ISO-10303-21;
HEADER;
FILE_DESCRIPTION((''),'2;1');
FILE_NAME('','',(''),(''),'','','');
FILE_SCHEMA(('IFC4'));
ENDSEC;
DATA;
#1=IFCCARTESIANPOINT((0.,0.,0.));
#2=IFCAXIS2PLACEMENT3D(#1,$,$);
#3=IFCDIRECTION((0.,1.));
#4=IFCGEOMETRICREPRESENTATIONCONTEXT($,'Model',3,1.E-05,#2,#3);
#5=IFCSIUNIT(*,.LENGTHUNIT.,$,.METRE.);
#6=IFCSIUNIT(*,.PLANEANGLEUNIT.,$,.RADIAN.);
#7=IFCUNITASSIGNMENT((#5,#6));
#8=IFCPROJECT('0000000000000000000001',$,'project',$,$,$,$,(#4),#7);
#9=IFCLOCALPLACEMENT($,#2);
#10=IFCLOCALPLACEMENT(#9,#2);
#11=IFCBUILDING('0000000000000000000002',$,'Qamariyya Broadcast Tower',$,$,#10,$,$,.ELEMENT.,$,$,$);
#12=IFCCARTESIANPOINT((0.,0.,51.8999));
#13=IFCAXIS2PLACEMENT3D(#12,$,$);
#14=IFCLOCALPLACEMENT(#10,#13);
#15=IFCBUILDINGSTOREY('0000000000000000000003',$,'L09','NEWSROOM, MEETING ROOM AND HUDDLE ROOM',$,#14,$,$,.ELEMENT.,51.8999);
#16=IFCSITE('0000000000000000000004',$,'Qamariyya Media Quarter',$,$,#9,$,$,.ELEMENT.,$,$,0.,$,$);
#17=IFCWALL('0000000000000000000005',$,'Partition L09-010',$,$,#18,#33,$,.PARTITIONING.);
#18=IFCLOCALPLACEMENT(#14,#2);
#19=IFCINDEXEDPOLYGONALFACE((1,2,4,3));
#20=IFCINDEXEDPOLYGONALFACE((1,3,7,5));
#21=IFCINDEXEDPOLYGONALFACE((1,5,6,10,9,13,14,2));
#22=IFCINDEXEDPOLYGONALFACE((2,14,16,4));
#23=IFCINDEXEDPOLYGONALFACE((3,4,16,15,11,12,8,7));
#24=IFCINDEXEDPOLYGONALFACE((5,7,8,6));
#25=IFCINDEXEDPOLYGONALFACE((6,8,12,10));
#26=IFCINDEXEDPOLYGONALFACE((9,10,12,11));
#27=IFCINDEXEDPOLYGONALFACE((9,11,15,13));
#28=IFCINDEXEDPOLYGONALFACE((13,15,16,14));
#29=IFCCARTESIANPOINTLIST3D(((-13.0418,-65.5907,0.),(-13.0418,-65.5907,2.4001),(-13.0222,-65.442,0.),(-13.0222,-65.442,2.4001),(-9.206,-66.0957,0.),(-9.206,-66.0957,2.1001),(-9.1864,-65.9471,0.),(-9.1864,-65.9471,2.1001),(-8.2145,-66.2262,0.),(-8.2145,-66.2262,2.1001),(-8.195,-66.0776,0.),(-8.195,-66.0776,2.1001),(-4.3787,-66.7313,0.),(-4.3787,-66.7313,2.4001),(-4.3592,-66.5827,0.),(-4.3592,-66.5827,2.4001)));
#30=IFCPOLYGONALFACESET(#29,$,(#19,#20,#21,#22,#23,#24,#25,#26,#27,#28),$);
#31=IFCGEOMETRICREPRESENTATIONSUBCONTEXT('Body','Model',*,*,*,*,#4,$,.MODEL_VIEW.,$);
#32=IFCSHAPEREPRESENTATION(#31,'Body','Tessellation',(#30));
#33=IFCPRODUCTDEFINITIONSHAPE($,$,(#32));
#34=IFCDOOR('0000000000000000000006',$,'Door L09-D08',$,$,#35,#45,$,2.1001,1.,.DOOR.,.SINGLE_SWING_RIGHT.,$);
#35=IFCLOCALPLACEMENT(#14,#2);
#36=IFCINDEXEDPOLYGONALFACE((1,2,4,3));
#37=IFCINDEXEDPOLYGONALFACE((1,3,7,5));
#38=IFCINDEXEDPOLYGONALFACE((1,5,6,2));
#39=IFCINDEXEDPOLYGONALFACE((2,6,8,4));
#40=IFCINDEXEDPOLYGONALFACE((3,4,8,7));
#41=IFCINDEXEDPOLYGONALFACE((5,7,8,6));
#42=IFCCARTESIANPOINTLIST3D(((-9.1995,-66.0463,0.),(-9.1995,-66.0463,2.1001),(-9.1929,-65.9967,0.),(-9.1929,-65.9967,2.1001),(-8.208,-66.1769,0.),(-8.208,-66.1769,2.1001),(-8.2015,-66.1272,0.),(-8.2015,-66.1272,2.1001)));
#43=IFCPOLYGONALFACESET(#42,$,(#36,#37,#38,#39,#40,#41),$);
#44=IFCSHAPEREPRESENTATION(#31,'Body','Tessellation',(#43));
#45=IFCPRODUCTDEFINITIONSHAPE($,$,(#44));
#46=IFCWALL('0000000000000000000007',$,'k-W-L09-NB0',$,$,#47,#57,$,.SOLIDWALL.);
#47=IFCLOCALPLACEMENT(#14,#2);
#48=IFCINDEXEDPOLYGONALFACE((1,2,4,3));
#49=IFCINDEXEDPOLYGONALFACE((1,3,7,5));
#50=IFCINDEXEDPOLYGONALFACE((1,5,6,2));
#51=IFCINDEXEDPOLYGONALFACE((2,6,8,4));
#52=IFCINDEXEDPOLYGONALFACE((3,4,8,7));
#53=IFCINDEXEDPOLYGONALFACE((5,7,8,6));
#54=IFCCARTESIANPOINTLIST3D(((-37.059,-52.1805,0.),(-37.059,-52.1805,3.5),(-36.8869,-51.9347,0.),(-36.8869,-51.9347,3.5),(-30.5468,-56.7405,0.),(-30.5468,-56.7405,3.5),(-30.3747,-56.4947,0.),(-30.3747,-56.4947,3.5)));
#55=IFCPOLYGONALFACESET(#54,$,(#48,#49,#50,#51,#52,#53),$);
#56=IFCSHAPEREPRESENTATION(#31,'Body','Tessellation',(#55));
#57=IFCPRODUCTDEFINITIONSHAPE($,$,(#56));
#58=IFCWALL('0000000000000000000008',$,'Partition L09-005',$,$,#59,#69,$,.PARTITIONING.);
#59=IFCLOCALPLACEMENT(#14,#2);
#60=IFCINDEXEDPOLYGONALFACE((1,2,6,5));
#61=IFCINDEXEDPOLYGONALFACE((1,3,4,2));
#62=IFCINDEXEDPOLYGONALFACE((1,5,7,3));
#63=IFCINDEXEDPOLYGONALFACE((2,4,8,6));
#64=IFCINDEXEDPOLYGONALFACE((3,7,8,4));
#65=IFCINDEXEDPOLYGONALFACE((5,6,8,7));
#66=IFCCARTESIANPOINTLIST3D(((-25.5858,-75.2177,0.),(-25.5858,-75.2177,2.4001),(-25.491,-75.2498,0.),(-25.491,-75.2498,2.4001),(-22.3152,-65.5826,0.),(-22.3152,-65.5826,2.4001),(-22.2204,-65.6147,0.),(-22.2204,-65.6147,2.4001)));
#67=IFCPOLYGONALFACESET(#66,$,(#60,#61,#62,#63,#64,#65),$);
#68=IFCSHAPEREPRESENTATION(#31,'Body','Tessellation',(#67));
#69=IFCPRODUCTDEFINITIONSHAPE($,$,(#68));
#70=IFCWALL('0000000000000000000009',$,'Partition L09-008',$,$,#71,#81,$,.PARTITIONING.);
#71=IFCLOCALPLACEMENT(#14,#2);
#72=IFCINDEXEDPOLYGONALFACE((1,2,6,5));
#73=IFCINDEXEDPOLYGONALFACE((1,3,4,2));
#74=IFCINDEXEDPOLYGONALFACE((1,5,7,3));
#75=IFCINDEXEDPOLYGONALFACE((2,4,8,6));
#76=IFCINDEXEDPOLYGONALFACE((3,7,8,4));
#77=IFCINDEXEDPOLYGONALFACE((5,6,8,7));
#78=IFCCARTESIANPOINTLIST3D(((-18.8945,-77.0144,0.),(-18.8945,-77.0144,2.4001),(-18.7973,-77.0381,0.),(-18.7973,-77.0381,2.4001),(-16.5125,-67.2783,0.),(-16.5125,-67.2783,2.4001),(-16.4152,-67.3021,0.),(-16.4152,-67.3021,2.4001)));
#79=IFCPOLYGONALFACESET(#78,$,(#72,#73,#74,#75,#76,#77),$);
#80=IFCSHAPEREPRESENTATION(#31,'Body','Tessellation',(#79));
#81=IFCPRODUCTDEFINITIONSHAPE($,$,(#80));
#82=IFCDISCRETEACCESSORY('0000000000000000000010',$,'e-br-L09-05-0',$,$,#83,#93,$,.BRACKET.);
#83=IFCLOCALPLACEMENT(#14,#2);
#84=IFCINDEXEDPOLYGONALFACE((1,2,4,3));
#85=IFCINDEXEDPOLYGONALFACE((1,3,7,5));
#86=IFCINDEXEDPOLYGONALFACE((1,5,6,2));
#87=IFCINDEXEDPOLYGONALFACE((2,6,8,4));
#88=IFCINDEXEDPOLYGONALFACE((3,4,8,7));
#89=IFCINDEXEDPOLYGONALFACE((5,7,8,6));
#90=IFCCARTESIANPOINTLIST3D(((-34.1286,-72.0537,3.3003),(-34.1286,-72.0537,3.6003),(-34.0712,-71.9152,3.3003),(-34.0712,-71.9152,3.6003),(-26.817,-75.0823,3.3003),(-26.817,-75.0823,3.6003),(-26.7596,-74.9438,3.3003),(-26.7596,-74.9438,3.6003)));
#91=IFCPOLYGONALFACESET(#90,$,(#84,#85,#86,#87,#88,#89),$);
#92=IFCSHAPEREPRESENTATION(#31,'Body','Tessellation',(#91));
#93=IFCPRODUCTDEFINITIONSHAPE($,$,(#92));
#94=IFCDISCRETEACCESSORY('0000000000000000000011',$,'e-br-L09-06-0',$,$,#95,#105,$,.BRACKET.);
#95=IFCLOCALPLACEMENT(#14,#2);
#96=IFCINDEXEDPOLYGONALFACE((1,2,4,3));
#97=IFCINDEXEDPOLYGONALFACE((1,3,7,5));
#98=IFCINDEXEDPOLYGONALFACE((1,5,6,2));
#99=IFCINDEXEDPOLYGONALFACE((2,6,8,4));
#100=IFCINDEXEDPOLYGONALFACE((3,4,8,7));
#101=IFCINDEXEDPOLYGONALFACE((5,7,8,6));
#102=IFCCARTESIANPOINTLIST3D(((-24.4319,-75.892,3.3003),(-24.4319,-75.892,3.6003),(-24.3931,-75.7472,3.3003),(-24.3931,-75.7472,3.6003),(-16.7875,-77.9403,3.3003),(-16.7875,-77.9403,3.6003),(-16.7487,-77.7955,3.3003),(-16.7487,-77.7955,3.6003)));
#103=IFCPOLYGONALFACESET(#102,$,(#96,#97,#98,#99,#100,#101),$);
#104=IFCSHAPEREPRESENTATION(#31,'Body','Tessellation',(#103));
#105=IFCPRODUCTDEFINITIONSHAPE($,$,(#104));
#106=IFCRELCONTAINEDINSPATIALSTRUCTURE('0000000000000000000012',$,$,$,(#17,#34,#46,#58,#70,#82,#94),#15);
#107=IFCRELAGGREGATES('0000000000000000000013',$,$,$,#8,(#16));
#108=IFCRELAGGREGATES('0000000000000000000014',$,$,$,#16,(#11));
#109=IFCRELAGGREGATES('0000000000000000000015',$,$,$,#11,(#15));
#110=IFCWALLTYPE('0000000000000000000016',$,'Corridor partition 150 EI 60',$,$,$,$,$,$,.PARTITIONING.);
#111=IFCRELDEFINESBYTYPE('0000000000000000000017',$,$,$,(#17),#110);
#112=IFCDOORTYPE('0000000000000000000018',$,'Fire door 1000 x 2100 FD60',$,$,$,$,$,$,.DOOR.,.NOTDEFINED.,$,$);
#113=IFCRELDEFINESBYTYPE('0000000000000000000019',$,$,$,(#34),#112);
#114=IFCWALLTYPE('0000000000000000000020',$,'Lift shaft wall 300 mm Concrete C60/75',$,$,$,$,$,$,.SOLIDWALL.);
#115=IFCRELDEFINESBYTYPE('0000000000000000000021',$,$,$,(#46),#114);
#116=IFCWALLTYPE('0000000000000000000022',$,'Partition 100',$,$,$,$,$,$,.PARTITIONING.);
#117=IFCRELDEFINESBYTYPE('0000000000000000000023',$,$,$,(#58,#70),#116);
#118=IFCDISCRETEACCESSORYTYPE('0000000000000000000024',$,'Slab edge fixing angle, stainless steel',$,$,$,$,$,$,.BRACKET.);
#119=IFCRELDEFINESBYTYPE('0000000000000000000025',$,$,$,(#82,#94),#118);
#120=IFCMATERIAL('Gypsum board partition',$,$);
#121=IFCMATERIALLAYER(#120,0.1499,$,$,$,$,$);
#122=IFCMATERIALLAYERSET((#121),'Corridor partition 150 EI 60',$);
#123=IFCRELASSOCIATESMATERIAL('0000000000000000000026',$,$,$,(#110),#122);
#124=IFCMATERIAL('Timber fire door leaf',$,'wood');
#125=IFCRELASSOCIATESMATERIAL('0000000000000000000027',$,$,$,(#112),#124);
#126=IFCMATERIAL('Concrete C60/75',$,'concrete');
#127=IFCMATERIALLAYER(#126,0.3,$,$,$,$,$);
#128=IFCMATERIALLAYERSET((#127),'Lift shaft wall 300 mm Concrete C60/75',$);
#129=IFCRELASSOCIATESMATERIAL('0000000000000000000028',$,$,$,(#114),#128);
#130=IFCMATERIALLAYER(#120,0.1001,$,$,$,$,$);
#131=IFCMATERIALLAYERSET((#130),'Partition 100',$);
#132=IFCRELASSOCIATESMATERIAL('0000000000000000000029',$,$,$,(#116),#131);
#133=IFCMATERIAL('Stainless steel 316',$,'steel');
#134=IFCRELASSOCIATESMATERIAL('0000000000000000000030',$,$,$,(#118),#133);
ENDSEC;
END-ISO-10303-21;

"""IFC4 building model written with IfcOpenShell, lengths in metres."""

from ifc_helpers import new_model, si_unit, direction, frame, frame_2d, origin, origin_2d, place, context, subcontext, project, spatial, rectangle, extrude, material, layer, layer_set, type_object, element, fill, save


model = new_model("IFC4")

# Units and contexts
model_context = context("Model", 3, precision=1e-05, world=origin(), true_north=direction((0.0, 1.0)))
body_context = subcontext(model_context, "Body", "Model", "MODEL_VIEW")
ifc_project = project(units=[si_unit("LENGTHUNIT", "METRE"), si_unit("PLANEANGLEUNIT", "RADIAN")], contexts=[model_context])

# Site, building, storey
site_placement = place(None, origin())
site = spatial("IfcSite", under=ifc_project, at=site_placement, Name="Qamariyya Media Quarter", CompositionType="ELEMENT", RefElevation=0.0)
building_placement = place(site_placement, origin())
building = spatial("IfcBuilding", under=site, at=building_placement, Name="Qamariyya Broadcast Tower", CompositionType="ELEMENT")
storey_placement = place(building_placement, frame((0.0, 0.0, 51.8999)))
storey = spatial("IfcBuildingStorey", under=building, at=storey_placement, Name="L09", Description="NEWSROOM, MEETING ROOM AND HUDDLE ROOM", CompositionType="ELEMENT", Elevation=51.8999)

# Shared definitions
ifc_material_1 = material(Name="Gypsum board partition")
ifc_layer_1 = layer(ifc_material_1, 0.1499)
ifc_layer_set_1 = layer_set([ifc_layer_1], Name="Corridor partition 150 EI 60")
wall_type_1 = type_object("IfcWallType", Name="Corridor partition 150 EI 60", PredefinedType="PARTITIONING", material=ifc_layer_set_1)
ifc_material_2 = material(Name="Timber fire door leaf", Category="wood")
door_type_1 = type_object("IfcDoorType", Name="Fire door 1000 x 2100 FD60", OperationType="NOTDEFINED", PredefinedType="DOOR", material=ifc_material_2)

# Wall, opening, door
wall_1_placement = place(storey_placement, frame((-13.032, -65.5164, 0.0), z_axis=(0.0, 0.0, 1.0), x_axis=(0.991443, -0.130538, 0.0)))
wall_1 = element("IfcWall", 1, at=wall_1_placement, inside=storey, type_object=wall_type_1, Name="Partition L09-010", PredefinedType="PARTITIONING", context=body_context, shape_type="SweptSolid", body=[
    extrude(rectangle(XDim=8.7378, YDim=0.1499, at=frame_2d((4.3689, 0.0))), origin(), (0.0, 0.0, 1.0), 2.4001),
])
opening_1_placement = place(wall_1_placement, frame((3.8689, 0.0, 0.0)))
opening_1 = element("IfcOpeningElement", 2, at=opening_1_placement, cuts=wall_1, PredefinedType="OPENING", context=body_context, shape_type="SweptSolid", body=[
    extrude(rectangle(XDim=1.0, YDim=2.1001, at=frame_2d((0.5, 1.05))), frame((0.0, 0.085, 0.0), z_axis=(0.0, -1.0, 0.0), x_axis=(1.0, 0.0, 0.0)), (0.0, 0.0, 1.0), 0.1699),
])
door_1_placement = place(opening_1_placement, origin())
door_1 = element("IfcDoor", 3, at=door_1_placement, inside=storey, type_object=door_type_1, Name="Door L09-D08", OperationType="SINGLE_SWING_RIGHT", OverallHeight=2.1001, OverallWidth=1.0, PredefinedType="DOOR", context=body_context, shape_type="SweptSolid", body=[
    extrude(rectangle(XDim=1.0, YDim=2.1001, at=frame_2d((0.5, 1.05))), frame((0.0, 0.0249, 0.0), z_axis=(0.0, -1.0, 0.0), x_axis=(1.0, 0.0, 0.0)), (0.0, 0.0, 1.0), 0.05),
])
fill(opening_1, door_1)

# Walls
ifc_material_3 = material(Name="Concrete C60/75", Category="concrete")
ifc_layer_2 = layer(ifc_material_3, 0.3)
ifc_layer_set_2 = layer_set([ifc_layer_2], Name="Lift shaft wall 300 mm Concrete C60/75")
wall_type_2 = type_object("IfcWallType", Name="Lift shaft wall 300 mm Concrete C60/75", PredefinedType="SOLIDWALL", material=ifc_layer_set_2)
wall_2_placement = place(storey_placement, frame((-30.4607, -56.6177, 0.0), z_axis=(0.0, 0.0, 1.0), x_axis=(-0.819142, 0.57359, 0.0)))
element("IfcWall", 4, at=wall_2_placement, inside=storey, type_object=wall_type_2, Name="k-W-L09-NB0", PredefinedType="SOLIDWALL", context=body_context, shape_type="SweptSolid", body=[
    extrude(rectangle(XDim=7.95, YDim=0.3, at=frame_2d((3.9751, 0.0))), origin(), (0.0, 0.0, 1.0), 3.5),
])
ifc_layer_3 = layer(ifc_material_1, 0.1001)
ifc_layer_set_3 = layer_set([ifc_layer_3], Name="Partition 100")
wall_type_3 = type_object("IfcWallType", Name="Partition 100", PredefinedType="PARTITIONING", material=ifc_layer_set_3)
wall_3_placement = place(storey_placement, frame((-25.5383, -75.2336, 0.0), z_axis=(0.0, 0.0, 1.0), x_axis=(0.321427, 0.946934, 0.0)))
element("IfcWall", 5, at=wall_3_placement, inside=storey, type_object=wall_type_3, Name="Partition L09-005", PredefinedType="PARTITIONING", context=body_context, shape_type="SweptSolid", body=[
    extrude(rectangle(XDim=10.175, YDim=0.1001, at=frame_2d((5.0874, 0.0))), origin(), (0.0, 0.0, 1.0), 2.4001),
])
wall_4_placement = place(storey_placement, frame((-18.8459, -77.0264, 0.0), z_axis=(0.0, 0.0, 1.0), x_axis=(0.237655, 0.97135, 0.0)))
element("IfcWall", 6, at=wall_4_placement, inside=storey, type_object=wall_type_3, Name="Partition L09-008", PredefinedType="PARTITIONING", context=body_context, shape_type="SweptSolid", body=[
    extrude(rectangle(XDim=10.0232, YDim=0.1001, at=frame_2d((5.0117, 0.0))), origin(), (0.0, 0.0, 1.0), 2.4001),
])

# Discrete accessories
ifc_material_4 = material(Name="Stainless steel 316", Category="steel")
discrete_accessory_type = type_object("IfcDiscreteAccessoryType", Name="Slab edge fixing angle, stainless steel", PredefinedType="BRACKET", material=ifc_material_4)
for number, where, z_axis, x_axis, name in (
    (7, (-30.4441, -73.4988, 3.3003), (0.0, 0.0, 1.0), (0.92388, -0.382683, 0.0), "e-br-L09-05-0"),
    (8, (-20.5903, -76.8438, 3.3003), (0.0, 0.0, 1.0), (0.965926, -0.258819, 0.0), "e-br-L09-06-0"),
):
    element("IfcDiscreteAccessory", number, at=place(storey_placement, frame(where, z_axis=z_axis, x_axis=x_axis)), inside=storey, type_object=discrete_accessory_type, Name=name, PredefinedType="BRACKET", context=body_context, shape_type="SweptSolid", body=[
        extrude(rectangle(XDim=7.9141, YDim=0.1499, at=origin_2d()), origin(), (0.0, 0.0, 1.0), 0.3),
    ])

save(model, "model.ifc")
